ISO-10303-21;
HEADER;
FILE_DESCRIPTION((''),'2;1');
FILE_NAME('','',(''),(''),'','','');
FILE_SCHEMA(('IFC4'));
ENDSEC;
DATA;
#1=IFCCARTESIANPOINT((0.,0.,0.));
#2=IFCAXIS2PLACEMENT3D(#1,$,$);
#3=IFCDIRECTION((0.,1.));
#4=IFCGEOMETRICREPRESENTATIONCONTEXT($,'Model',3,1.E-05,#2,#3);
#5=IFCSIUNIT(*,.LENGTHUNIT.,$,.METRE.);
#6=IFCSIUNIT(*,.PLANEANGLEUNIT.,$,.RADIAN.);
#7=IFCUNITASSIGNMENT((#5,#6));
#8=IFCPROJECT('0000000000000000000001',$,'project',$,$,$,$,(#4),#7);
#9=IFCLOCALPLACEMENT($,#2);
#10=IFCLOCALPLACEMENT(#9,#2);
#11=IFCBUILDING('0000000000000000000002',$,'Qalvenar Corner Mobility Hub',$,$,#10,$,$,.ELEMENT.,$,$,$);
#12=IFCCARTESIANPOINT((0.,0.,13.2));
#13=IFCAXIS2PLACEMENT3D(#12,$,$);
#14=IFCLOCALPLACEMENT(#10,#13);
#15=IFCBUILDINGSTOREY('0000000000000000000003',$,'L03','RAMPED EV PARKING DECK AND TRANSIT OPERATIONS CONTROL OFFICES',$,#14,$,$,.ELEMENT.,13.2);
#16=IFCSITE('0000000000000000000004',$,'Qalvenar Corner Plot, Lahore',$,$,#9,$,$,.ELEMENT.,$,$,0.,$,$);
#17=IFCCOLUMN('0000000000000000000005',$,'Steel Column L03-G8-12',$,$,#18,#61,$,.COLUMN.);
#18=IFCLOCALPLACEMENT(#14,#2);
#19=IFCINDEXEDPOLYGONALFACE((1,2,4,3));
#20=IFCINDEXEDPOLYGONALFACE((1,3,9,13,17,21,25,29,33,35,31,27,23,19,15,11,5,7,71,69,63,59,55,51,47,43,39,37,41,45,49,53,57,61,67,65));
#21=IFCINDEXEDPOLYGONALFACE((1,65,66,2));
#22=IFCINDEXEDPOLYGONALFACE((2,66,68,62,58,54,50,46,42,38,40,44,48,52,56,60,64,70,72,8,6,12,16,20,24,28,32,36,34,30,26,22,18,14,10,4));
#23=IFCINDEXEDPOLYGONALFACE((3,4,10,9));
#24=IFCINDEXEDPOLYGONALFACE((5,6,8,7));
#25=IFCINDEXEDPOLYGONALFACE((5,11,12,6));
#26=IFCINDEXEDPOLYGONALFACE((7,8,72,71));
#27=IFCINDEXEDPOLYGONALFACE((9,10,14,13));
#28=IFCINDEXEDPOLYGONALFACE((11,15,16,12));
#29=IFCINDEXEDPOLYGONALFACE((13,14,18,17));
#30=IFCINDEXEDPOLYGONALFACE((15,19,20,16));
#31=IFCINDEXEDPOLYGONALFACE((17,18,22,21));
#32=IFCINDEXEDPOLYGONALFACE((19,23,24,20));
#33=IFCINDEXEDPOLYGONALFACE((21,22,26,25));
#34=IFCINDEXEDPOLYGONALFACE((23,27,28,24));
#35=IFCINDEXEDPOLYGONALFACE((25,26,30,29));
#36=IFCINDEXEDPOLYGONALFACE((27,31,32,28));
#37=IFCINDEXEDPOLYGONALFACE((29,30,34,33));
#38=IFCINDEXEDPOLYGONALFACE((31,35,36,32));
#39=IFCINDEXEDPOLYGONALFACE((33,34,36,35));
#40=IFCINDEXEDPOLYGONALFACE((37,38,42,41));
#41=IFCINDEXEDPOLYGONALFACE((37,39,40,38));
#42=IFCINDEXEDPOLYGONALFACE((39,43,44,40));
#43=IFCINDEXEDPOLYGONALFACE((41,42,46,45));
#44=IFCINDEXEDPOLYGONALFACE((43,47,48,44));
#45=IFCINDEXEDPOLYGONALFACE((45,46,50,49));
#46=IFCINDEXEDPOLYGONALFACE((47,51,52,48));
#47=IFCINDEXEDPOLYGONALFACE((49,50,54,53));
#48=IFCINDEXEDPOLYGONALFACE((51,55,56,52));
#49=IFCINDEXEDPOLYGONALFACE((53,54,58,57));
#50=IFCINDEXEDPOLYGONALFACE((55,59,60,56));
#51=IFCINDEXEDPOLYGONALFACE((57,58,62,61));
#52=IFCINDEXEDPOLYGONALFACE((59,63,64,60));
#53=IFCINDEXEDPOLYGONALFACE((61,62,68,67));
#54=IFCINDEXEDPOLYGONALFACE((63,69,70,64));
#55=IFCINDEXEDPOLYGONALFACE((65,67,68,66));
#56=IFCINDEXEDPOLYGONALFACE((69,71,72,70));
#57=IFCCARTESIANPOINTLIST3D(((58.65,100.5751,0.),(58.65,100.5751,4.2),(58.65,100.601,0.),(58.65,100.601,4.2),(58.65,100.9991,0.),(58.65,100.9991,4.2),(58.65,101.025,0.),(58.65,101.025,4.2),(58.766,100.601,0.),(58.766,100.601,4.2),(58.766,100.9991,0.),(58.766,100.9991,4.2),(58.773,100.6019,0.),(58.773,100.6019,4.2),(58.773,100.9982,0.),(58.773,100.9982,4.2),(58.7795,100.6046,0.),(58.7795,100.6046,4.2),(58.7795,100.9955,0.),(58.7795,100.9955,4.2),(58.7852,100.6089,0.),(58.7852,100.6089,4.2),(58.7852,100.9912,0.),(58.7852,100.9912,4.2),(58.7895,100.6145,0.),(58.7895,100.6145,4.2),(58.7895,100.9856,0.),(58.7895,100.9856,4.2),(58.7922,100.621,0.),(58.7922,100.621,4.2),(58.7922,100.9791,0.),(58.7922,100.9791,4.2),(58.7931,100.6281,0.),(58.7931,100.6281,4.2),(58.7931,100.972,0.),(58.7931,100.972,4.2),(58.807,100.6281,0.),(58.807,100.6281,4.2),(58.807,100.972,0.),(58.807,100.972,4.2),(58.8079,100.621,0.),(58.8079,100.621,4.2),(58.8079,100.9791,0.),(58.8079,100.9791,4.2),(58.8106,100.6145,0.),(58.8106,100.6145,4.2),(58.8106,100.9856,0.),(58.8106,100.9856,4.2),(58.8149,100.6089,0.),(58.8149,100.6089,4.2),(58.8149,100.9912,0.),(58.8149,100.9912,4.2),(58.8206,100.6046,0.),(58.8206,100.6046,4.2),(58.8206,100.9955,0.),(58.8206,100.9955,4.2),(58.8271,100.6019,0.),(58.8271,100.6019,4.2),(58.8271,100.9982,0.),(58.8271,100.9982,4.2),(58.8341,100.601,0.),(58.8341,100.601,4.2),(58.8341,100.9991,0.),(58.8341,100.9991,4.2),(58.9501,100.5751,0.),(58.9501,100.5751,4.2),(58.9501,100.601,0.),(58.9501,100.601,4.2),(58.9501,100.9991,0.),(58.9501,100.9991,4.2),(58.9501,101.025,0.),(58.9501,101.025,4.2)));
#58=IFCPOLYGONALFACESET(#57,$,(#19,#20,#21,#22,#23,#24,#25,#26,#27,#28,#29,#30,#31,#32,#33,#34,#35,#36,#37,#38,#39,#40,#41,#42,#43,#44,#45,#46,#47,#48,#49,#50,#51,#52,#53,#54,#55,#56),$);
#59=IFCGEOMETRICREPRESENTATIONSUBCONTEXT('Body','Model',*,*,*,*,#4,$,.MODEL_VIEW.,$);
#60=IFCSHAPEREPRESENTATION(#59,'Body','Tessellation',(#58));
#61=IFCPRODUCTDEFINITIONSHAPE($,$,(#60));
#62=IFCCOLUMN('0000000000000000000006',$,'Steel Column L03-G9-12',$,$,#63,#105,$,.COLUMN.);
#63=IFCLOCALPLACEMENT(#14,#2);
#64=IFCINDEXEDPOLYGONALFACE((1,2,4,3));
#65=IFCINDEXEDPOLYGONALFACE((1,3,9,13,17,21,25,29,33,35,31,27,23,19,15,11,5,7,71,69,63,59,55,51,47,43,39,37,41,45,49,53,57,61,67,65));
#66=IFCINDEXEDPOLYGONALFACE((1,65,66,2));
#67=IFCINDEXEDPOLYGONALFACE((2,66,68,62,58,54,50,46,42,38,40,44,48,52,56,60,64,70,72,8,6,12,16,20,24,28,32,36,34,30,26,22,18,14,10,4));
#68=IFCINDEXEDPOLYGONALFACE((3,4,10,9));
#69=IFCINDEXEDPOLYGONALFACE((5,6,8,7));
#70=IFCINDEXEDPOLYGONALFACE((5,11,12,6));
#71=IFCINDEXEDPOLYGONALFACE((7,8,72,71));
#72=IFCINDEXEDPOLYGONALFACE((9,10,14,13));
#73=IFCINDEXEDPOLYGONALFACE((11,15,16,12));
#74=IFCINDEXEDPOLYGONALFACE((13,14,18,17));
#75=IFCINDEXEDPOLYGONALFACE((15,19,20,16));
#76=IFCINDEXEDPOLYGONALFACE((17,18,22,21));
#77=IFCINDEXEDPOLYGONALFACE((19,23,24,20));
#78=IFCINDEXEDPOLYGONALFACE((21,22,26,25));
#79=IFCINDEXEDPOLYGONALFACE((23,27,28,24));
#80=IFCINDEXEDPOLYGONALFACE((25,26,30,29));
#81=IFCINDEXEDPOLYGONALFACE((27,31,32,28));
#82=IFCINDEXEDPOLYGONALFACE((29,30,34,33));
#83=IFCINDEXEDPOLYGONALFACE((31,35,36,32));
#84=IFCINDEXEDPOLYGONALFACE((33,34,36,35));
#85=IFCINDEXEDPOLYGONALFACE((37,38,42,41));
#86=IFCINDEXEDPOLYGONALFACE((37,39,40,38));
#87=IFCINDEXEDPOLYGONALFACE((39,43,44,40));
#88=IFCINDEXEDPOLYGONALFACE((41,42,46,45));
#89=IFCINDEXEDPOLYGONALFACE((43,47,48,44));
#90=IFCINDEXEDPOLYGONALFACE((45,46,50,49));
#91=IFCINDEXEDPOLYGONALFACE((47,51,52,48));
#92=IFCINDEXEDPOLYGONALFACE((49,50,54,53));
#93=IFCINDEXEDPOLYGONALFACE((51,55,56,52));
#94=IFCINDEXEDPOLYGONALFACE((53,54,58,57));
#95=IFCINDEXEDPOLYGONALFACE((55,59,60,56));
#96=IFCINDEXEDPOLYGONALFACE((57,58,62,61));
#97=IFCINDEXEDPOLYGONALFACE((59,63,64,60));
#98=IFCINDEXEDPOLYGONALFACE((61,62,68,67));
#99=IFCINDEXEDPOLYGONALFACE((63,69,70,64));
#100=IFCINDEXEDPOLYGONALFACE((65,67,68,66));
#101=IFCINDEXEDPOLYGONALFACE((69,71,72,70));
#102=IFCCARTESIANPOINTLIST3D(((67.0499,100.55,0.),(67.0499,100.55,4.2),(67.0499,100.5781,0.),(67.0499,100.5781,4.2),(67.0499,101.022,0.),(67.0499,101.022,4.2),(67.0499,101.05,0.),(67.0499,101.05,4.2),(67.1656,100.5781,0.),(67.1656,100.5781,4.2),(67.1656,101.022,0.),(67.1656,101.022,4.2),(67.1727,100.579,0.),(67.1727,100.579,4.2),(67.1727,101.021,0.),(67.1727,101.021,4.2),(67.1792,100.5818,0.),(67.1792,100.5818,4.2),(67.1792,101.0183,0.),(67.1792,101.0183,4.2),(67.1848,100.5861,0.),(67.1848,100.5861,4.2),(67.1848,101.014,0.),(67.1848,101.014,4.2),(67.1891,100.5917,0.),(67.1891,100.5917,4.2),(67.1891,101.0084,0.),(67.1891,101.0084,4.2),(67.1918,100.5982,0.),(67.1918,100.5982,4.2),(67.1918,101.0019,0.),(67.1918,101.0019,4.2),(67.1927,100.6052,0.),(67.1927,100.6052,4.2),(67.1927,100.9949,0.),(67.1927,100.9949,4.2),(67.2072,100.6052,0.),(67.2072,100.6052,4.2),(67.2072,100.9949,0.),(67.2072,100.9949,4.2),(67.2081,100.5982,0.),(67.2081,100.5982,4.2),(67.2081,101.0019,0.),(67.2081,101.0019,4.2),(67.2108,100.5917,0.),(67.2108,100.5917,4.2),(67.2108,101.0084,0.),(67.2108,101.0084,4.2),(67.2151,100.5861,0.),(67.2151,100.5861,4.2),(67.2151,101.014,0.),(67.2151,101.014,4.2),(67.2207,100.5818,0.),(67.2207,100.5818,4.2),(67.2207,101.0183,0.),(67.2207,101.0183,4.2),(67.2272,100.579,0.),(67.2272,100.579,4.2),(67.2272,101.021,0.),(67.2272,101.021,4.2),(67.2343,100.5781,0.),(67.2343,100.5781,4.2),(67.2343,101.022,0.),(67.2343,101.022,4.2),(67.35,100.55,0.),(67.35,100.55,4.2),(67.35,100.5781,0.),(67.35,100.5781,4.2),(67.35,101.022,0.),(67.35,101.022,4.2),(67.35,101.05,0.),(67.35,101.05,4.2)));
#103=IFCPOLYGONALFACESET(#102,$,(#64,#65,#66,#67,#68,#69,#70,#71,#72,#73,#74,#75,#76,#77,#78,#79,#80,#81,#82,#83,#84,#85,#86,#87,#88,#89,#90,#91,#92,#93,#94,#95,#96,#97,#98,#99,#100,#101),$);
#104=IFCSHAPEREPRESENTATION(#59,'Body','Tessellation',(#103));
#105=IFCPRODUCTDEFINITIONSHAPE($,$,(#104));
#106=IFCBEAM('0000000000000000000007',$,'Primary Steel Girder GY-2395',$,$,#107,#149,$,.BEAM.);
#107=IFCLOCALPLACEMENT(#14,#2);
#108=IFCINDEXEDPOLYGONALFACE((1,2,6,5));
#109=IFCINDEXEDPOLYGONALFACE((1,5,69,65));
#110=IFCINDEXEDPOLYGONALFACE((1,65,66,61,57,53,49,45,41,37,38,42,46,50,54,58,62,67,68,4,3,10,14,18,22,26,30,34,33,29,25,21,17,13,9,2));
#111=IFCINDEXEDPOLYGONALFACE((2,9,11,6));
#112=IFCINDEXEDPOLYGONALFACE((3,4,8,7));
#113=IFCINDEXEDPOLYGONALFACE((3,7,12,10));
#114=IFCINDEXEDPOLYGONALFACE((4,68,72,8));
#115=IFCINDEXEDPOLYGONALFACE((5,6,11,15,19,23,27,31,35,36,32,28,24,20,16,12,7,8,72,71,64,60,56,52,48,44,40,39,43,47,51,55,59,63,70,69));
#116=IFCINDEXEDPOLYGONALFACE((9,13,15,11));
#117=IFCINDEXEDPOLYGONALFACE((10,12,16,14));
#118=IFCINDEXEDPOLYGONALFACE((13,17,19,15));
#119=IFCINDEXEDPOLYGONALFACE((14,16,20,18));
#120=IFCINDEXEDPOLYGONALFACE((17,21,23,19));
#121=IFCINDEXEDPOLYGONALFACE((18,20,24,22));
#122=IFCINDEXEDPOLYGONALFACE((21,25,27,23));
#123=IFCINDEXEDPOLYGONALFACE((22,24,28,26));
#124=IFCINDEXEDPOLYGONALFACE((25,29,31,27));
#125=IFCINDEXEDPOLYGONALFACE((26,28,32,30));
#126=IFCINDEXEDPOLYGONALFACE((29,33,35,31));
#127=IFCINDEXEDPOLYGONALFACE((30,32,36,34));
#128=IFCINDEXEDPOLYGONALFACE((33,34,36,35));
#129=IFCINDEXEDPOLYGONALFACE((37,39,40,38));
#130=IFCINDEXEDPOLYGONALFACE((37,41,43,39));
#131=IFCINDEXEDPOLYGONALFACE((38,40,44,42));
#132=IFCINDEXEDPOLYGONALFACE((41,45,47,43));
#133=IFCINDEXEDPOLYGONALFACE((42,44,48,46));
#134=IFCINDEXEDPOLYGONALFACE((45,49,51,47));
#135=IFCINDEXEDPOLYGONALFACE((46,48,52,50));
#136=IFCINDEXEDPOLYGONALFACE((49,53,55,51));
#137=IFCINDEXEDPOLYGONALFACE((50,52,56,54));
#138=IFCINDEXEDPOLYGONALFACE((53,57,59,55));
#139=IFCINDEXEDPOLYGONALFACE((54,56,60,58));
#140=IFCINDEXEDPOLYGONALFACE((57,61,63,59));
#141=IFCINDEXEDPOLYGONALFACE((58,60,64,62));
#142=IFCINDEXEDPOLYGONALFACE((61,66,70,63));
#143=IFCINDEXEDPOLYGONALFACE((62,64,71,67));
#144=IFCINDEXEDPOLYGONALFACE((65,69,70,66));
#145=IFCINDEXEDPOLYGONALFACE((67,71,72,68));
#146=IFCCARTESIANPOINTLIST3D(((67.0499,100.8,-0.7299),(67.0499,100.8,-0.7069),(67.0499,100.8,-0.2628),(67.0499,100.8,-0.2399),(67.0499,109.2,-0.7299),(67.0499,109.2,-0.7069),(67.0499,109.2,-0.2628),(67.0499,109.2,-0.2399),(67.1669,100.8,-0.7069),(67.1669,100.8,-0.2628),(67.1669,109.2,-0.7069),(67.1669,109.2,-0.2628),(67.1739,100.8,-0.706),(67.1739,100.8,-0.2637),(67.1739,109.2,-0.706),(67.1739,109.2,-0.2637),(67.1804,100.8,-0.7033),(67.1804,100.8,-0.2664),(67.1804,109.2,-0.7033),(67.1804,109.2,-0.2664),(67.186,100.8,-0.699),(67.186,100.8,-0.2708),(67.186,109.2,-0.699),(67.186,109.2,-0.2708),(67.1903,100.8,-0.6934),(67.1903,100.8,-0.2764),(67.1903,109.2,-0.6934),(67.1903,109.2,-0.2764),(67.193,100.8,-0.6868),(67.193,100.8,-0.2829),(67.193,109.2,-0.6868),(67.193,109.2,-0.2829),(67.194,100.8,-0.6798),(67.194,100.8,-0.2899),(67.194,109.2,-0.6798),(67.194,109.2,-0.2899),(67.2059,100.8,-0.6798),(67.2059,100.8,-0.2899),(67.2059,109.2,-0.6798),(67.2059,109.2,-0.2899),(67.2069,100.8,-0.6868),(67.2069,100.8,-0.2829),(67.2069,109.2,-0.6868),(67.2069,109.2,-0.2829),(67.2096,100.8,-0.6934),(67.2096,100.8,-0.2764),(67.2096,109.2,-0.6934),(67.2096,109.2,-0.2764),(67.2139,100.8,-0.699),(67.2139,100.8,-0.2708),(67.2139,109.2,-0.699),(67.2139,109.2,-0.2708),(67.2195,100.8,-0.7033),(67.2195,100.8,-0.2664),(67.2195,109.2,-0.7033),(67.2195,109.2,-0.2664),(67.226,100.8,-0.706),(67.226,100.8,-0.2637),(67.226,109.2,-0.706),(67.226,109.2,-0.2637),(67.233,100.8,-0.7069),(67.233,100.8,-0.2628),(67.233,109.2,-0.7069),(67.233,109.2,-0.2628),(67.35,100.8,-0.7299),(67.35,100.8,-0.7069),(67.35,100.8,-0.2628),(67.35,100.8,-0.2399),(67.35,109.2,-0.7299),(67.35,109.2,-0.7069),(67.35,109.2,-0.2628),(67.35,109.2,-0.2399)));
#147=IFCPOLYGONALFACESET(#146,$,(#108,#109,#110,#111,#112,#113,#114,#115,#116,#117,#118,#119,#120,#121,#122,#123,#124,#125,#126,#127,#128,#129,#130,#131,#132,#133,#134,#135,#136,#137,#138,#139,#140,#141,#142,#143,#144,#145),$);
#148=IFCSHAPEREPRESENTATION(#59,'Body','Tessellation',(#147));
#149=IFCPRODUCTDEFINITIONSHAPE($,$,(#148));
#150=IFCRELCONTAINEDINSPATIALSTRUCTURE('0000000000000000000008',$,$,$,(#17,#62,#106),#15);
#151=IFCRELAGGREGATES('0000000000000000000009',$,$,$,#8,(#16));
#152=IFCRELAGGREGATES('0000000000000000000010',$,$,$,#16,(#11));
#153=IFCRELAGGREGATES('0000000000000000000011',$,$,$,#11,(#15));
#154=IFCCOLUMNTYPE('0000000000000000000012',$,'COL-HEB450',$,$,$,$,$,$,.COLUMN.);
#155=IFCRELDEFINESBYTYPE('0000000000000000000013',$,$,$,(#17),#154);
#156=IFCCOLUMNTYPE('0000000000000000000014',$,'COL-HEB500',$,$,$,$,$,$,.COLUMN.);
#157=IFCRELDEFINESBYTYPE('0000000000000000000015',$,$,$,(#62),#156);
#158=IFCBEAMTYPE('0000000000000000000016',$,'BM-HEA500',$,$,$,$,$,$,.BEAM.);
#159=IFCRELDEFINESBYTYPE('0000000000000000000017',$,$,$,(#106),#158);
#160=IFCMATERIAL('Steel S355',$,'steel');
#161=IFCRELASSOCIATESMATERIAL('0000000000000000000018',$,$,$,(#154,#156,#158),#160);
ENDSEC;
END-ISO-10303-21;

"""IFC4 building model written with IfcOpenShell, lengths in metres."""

from ifc_helpers import new_model, si_unit, direction, frame, origin, origin_2d, place, context, subcontext, project, spatial, i_section, extrude, material, material_profile, profile_set, type_object, element, save


model = new_model("IFC4")

# Units and contexts
model_context = context("Model", 3, precision=1e-05, world=origin(), true_north=direction((0.0, 1.0)))
body_context = subcontext(model_context, "Body", "Model", "MODEL_VIEW")
ifc_project = project(units=[si_unit("LENGTHUNIT", "METRE"), si_unit("PLANEANGLEUNIT", "RADIAN")], contexts=[model_context])

# Site, building, storey
site_placement = place(None, origin())
site = spatial("IfcSite", under=ifc_project, at=site_placement, Name="Qalvenar Corner Plot, Lahore", CompositionType="ELEMENT", RefElevation=0.0)
building_placement = place(site_placement, origin())
building = spatial("IfcBuilding", under=site, at=building_placement, Name="Qalvenar Corner Mobility Hub", CompositionType="ELEMENT")
storey_placement = place(building_placement, frame((0.0, 0.0, 13.2)))
storey = spatial("IfcBuildingStorey", under=building, at=storey_placement, Name="L03", Description="RAMPED EV PARKING DECK AND TRANSIT OPERATIONS CONTROL OFFICES", CompositionType="ELEMENT", Elevation=13.2)

# Columns
ifc_material_1 = material(Name="Steel S355", Category="steel")
ifc_material_profile_1 = material_profile(ifc_material_1, i_section(OverallWidth=0.3, OverallDepth=0.45, WebThickness=0.0139, FlangeThickness=0.0259, FilletRadius=0.0271, at=origin_2d()), Name="HEB450")
ifc_profile_set_1 = profile_set([ifc_material_profile_1], Name="Steel S355")
column_type_1 = type_object("IfcColumnType", Name="COL-HEB450", PredefinedType="COLUMN", material=ifc_profile_set_1)
column_1_placement = place(storey_placement, frame((58.8, 100.8, 0.0), z_axis=(0.0, 0.0, 1.0), x_axis=(1.0, 0.0, 0.0)))
element("IfcColumn", 1, at=column_1_placement, inside=storey, type_object=column_type_1, Name="Steel Column L03-G8-12", PredefinedType="COLUMN", context=body_context, shape_type="SweptSolid", body=[
    extrude(i_section(OverallWidth=0.3, OverallDepth=0.45, WebThickness=0.0139, FlangeThickness=0.0259, FilletRadius=0.0271, at=origin_2d()), origin(), (0.0, 0.0, 1.0), 4.2),
])
ifc_material_profile_2 = material_profile(ifc_material_1, i_section(OverallWidth=0.3, OverallDepth=0.5, WebThickness=0.0144, FlangeThickness=0.0281, FilletRadius=0.0271, at=origin_2d()), Name="HEB500")
ifc_profile_set_2 = profile_set([ifc_material_profile_2], Name="Steel S355")
column_type_2 = type_object("IfcColumnType", Name="COL-HEB500", PredefinedType="COLUMN", material=ifc_profile_set_2)
column_2_placement = place(storey_placement, frame((67.2, 100.8, 0.0), z_axis=(0.0, 0.0, 1.0), x_axis=(1.0, 0.0, 0.0)))
element("IfcColumn", 2, at=column_2_placement, inside=storey, type_object=column_type_2, Name="Steel Column L03-G9-12", PredefinedType="COLUMN", context=body_context, shape_type="SweptSolid", body=[
    extrude(i_section(OverallWidth=0.3, OverallDepth=0.5, WebThickness=0.0144, FlangeThickness=0.0281, FilletRadius=0.0271, at=origin_2d()), origin(), (0.0, 0.0, 1.0), 4.2),
])

# Beam
ifc_material_profile_3 = material_profile(ifc_material_1, i_section(OverallWidth=0.3, OverallDepth=0.49, WebThickness=0.012, FlangeThickness=0.0229, FilletRadius=0.0271, at=origin_2d()), Name="HEA500")
ifc_profile_set_3 = profile_set([ifc_material_profile_3], Name="Steel S355")
beam_type_1 = type_object("IfcBeamType", Name="BM-HEA500", PredefinedType="BEAM", material=ifc_profile_set_3)
beam_1_placement = place(storey_placement, frame((67.2, 100.8, -0.4849), z_axis=(0.0, 1.0, 0.0), x_axis=(-1.0, 0.0, 0.0)))
element("IfcBeam", 3, at=beam_1_placement, inside=storey, type_object=beam_type_1, Name="Primary Steel Girder GY-2395", PredefinedType="BEAM", context=body_context, shape_type="SweptSolid", body=[
    extrude(i_section(OverallWidth=0.3, OverallDepth=0.49, WebThickness=0.012, FlangeThickness=0.0229, FilletRadius=0.0271, at=origin_2d()), origin(), (0.0, 0.0, 1.0), 8.3999),
])

save(model, "model.ifc")
